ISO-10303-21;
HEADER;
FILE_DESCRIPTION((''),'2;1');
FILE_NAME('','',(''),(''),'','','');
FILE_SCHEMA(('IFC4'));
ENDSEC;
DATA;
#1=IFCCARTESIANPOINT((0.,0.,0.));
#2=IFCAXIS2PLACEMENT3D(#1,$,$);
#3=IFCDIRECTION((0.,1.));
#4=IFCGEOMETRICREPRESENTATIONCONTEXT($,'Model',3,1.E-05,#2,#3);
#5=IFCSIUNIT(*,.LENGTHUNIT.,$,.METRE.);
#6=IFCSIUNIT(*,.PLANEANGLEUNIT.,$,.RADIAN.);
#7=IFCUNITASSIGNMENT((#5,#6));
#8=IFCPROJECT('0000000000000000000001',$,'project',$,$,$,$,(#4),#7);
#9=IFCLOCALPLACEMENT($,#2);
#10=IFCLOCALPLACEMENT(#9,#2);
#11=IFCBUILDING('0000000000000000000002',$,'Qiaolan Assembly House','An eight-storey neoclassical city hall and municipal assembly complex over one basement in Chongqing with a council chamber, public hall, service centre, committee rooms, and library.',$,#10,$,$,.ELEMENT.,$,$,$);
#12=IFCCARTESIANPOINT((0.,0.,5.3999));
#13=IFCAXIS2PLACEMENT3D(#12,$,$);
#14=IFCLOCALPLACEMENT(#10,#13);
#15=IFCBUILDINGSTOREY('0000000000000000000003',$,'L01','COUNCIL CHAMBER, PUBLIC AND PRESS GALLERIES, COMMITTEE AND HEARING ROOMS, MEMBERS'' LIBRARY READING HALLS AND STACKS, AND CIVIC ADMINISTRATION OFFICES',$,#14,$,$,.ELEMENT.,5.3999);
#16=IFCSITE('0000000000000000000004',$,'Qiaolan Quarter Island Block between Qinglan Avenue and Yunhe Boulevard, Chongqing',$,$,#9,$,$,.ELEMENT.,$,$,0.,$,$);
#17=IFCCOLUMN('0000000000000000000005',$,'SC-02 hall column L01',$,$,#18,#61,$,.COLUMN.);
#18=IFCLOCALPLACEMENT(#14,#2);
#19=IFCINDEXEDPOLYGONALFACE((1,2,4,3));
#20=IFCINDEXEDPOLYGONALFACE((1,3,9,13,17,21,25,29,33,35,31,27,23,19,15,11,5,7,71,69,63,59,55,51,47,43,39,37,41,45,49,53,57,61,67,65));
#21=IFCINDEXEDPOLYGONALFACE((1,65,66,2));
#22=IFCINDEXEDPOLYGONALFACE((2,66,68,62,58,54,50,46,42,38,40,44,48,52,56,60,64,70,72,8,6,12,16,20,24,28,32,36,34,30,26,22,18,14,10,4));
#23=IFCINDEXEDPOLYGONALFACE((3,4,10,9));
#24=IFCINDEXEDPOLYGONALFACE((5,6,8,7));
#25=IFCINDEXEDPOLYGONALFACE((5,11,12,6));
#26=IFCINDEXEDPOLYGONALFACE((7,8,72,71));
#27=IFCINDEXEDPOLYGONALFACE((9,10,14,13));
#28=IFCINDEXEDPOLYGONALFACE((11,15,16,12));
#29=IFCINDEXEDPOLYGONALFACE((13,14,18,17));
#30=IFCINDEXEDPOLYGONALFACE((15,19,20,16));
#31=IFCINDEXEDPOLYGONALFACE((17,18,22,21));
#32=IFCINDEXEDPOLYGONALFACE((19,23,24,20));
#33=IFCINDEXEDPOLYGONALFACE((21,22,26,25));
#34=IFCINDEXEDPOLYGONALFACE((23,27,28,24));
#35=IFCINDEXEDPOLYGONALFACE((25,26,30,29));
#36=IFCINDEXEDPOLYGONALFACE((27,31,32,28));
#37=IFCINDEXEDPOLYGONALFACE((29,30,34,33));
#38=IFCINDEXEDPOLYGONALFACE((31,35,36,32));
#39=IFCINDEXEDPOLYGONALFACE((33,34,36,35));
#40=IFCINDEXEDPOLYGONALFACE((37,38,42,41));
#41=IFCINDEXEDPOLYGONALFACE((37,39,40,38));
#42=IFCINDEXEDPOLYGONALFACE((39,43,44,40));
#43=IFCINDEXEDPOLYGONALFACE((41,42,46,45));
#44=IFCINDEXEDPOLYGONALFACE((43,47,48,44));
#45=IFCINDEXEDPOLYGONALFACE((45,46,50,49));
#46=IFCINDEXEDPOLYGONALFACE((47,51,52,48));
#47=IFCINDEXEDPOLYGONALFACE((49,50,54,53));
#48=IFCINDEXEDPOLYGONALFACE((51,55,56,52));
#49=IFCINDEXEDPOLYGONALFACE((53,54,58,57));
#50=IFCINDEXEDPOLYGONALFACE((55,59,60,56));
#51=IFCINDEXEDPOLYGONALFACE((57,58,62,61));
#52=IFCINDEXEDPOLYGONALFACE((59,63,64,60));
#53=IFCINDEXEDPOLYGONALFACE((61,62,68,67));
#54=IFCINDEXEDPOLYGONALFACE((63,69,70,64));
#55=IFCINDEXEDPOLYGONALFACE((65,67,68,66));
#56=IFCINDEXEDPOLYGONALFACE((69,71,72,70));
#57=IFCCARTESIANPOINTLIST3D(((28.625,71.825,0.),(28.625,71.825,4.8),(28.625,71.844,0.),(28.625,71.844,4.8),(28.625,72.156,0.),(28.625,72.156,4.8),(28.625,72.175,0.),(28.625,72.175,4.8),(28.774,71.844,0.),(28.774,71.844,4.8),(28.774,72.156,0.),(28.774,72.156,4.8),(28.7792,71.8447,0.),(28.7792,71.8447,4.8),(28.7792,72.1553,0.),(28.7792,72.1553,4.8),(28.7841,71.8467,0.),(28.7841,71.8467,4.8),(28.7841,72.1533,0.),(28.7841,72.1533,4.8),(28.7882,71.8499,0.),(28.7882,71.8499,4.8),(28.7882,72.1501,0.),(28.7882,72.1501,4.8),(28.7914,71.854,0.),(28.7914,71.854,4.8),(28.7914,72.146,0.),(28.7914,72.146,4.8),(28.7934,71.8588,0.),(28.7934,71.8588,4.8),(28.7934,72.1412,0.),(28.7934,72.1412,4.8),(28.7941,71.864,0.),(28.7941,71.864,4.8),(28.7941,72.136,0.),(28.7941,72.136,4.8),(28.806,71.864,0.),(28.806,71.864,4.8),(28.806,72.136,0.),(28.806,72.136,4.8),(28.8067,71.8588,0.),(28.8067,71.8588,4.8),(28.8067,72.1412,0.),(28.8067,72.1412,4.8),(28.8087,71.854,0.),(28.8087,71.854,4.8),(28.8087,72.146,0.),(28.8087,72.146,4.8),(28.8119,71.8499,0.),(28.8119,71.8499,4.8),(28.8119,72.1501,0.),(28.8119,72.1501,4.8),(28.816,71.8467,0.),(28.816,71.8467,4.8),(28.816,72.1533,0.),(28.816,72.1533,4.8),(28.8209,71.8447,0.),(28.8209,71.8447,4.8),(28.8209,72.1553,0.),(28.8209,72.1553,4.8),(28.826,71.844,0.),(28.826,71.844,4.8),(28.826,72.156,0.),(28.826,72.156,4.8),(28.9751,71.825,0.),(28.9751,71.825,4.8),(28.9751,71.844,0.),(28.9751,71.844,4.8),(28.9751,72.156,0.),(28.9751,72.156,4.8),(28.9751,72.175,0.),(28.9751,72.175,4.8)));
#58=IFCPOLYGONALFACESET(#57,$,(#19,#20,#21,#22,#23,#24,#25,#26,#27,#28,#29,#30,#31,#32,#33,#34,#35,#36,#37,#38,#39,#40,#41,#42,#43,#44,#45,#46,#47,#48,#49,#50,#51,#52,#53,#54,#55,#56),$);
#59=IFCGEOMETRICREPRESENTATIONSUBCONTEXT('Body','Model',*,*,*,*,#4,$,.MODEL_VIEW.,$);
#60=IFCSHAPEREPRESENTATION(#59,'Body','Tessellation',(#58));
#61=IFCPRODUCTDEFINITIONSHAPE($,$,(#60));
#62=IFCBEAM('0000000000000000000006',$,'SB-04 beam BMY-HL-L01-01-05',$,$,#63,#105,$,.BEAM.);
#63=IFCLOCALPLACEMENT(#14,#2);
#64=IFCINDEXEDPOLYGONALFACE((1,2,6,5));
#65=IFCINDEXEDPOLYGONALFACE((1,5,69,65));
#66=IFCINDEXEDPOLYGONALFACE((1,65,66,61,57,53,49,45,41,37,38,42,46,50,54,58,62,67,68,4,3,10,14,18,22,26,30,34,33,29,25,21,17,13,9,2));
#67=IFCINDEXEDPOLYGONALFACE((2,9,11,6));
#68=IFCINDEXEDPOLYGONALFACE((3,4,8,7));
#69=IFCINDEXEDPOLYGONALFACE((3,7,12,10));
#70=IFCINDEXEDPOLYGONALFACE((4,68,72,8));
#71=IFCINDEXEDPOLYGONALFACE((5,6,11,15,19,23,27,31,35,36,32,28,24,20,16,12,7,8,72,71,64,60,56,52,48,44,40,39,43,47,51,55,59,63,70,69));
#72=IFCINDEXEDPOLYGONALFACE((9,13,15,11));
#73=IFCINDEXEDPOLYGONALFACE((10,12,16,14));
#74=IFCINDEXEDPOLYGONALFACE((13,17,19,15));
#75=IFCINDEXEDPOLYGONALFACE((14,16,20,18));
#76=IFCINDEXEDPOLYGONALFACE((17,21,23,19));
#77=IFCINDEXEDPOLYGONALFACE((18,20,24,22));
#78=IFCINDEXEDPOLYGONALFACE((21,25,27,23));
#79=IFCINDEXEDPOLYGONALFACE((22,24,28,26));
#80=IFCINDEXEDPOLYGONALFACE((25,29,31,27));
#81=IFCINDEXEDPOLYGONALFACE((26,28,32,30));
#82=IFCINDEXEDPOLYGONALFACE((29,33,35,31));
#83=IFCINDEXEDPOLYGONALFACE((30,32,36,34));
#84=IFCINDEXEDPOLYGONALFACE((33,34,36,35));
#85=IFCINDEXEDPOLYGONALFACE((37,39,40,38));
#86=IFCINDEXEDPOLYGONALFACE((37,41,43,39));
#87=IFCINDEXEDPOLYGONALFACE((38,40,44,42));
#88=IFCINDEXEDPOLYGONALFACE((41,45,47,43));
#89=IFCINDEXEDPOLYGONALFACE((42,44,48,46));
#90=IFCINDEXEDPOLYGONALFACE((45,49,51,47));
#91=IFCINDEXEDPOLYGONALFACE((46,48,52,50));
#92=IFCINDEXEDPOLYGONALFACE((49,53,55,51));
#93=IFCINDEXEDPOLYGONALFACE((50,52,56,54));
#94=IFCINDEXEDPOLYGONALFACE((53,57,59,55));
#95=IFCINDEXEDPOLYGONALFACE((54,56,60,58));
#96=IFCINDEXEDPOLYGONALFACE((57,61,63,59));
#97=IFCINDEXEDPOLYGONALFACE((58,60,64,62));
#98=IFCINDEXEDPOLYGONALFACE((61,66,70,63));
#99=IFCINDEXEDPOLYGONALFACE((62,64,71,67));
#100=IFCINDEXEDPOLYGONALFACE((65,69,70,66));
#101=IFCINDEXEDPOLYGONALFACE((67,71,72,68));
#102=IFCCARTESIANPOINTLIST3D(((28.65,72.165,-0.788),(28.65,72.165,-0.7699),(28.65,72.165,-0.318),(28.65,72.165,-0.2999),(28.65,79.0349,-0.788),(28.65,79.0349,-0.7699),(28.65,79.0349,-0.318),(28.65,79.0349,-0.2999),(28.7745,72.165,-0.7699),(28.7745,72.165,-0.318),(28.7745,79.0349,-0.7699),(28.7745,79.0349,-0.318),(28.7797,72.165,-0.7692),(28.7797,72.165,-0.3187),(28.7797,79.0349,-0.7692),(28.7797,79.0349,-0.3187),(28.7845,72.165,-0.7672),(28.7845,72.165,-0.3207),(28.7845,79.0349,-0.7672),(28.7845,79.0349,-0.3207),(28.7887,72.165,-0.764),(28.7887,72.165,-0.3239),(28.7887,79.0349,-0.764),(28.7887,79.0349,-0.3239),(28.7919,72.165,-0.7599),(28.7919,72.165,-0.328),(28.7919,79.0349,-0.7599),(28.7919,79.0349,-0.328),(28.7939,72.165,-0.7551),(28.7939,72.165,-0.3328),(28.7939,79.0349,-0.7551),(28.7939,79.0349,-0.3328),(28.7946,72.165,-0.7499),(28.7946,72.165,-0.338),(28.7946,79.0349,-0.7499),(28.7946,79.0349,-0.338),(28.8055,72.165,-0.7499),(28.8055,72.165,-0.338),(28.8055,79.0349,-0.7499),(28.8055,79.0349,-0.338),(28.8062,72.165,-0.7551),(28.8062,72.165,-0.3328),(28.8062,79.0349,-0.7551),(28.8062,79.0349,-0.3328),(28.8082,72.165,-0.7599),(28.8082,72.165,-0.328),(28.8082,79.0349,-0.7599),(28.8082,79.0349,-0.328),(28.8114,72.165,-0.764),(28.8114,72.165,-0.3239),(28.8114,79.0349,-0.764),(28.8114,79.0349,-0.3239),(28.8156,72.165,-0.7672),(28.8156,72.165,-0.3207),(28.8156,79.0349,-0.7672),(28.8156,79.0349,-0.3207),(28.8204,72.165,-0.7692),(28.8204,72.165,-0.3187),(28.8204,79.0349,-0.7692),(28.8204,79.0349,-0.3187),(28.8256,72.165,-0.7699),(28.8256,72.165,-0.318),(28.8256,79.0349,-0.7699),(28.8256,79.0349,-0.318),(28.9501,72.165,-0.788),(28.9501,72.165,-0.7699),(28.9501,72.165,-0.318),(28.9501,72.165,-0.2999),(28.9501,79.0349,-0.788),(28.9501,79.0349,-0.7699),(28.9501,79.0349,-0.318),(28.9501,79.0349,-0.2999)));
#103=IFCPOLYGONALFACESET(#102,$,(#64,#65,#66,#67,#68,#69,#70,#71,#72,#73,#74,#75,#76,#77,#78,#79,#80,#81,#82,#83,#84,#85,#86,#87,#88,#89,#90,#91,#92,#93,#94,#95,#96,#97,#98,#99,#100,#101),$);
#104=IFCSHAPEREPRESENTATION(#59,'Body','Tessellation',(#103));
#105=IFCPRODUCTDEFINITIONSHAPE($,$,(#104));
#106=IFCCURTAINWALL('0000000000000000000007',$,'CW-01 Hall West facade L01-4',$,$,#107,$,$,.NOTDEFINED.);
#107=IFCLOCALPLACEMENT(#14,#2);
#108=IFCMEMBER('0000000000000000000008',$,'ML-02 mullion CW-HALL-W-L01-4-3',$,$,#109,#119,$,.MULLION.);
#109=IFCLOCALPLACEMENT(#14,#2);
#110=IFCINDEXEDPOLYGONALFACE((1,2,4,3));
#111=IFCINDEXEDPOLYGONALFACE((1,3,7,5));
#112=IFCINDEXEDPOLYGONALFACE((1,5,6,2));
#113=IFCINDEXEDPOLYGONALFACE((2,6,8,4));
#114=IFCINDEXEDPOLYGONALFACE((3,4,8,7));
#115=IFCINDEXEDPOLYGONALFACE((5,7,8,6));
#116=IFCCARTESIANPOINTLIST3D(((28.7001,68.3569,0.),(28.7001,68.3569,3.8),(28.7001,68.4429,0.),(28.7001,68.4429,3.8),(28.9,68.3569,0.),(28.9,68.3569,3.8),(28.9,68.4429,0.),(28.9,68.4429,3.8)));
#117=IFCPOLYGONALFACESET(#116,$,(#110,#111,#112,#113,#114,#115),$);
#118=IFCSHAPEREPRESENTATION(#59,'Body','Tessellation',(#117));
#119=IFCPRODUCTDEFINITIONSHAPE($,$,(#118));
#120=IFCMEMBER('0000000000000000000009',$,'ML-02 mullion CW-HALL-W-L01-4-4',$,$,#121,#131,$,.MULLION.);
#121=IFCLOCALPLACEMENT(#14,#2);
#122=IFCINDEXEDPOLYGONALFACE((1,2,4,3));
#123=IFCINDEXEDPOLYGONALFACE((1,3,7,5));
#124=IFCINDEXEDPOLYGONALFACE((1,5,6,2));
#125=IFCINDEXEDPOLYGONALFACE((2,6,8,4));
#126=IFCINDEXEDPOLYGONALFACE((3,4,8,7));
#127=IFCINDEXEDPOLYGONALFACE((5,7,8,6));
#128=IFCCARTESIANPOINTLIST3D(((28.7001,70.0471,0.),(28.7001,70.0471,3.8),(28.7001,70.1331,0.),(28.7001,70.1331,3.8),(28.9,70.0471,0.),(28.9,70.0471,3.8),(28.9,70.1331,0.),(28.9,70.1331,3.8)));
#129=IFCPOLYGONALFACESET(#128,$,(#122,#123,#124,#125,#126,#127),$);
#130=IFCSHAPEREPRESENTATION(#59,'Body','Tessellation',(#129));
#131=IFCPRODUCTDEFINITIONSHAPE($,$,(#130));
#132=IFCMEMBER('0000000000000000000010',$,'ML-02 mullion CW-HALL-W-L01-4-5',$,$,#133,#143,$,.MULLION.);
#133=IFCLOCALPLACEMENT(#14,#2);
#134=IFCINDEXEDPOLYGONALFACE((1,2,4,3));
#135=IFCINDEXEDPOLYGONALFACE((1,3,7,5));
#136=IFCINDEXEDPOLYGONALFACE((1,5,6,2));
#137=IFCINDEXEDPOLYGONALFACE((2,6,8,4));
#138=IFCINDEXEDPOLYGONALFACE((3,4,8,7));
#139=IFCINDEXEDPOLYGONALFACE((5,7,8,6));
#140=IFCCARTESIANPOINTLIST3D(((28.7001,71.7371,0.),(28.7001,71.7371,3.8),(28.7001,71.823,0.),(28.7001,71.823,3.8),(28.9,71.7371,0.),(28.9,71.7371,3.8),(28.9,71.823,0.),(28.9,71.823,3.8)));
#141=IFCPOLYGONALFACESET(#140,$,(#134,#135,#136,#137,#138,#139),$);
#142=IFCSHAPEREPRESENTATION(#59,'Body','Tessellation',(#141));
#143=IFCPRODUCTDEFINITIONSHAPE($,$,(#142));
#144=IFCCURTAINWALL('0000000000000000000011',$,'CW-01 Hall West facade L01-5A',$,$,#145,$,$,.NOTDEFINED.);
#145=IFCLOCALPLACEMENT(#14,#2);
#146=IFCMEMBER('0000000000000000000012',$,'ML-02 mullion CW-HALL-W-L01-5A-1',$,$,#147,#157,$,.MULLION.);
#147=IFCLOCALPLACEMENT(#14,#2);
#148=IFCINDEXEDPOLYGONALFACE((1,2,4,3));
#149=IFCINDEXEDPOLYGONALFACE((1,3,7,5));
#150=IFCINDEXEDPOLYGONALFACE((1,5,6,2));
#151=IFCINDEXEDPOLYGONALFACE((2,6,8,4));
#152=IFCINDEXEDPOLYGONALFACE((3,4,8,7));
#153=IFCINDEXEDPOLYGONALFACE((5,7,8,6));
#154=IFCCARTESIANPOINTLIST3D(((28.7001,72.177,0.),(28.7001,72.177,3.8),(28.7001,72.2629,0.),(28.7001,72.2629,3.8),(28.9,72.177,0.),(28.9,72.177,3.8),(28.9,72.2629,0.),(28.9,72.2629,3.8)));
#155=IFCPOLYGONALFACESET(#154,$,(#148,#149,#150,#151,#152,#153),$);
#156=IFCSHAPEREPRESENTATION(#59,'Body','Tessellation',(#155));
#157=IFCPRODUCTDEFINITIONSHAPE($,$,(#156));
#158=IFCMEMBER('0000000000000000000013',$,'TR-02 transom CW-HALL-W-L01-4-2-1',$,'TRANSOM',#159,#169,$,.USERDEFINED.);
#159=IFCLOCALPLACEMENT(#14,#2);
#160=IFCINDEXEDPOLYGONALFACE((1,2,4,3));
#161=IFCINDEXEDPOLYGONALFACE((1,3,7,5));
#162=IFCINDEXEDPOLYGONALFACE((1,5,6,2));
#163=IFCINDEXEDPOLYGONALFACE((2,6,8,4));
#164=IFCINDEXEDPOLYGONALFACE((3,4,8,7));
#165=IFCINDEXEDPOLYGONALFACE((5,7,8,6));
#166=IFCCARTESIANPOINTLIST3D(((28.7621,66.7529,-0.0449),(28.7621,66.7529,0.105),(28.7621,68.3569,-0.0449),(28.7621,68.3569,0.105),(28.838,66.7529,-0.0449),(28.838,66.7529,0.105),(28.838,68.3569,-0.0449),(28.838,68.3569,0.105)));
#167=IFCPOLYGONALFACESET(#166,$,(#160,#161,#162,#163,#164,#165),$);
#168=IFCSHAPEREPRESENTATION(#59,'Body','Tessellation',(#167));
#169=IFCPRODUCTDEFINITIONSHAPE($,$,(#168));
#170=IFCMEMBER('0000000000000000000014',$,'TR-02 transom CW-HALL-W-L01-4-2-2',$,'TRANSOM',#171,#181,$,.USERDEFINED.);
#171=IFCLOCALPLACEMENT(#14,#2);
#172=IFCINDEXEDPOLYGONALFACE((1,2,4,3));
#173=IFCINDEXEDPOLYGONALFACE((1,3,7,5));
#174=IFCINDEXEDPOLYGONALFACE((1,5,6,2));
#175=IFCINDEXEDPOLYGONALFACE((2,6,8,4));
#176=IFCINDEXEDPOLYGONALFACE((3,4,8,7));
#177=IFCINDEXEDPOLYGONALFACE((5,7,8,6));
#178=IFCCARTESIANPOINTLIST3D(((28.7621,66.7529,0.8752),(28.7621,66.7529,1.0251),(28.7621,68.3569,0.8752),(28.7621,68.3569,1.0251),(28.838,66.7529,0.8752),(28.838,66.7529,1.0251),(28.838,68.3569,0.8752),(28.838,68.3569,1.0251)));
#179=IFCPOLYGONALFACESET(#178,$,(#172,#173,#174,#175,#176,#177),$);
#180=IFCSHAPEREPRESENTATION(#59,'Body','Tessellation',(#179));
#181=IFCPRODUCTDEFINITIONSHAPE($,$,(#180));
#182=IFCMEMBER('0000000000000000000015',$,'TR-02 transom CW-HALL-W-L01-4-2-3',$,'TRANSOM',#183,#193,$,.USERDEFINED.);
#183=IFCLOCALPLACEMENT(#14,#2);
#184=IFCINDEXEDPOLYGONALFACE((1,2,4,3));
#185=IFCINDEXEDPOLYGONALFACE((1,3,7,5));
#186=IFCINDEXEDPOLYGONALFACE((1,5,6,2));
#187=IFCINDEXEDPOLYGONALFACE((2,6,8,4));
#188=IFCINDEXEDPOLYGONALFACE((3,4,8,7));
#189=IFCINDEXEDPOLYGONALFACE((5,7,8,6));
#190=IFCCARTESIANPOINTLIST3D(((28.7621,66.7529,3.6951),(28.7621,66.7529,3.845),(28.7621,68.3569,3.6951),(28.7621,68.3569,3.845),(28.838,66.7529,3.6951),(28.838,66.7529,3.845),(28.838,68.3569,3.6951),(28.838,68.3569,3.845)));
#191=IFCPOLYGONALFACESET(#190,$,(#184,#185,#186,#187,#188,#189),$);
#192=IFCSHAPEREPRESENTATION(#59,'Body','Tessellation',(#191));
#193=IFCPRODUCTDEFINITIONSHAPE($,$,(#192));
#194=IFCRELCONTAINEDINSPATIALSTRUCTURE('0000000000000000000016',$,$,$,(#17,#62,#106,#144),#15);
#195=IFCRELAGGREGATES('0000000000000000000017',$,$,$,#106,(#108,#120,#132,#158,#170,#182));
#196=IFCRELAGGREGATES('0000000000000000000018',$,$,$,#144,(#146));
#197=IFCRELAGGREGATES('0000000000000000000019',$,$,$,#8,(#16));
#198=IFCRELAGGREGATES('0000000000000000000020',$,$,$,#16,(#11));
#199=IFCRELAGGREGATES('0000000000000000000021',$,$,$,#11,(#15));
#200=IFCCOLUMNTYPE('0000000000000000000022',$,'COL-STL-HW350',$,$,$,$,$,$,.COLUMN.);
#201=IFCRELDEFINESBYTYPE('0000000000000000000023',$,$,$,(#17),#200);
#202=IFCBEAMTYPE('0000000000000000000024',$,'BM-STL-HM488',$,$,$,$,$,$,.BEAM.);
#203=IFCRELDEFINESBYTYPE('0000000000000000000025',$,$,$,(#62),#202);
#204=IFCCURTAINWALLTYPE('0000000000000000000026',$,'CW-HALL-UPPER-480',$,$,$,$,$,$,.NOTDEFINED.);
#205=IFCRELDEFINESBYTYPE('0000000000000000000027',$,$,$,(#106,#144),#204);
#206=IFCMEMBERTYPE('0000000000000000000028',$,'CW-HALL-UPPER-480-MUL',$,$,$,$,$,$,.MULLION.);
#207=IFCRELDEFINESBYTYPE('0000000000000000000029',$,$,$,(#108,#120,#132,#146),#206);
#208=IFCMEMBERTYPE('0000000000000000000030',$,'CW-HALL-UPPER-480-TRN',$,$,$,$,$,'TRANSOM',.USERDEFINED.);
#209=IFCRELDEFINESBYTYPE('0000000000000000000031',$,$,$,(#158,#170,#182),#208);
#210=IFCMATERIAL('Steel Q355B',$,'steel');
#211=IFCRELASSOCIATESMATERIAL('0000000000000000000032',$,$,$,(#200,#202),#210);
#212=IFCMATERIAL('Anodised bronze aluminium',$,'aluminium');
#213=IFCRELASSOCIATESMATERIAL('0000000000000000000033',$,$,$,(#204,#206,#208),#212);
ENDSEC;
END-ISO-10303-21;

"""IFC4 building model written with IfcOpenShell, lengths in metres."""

from ifc_helpers import new_model, si_unit, direction, frame, origin, origin_2d, place, context, subcontext, project, spatial, rectangle, i_section, extrude, material, material_profile, profile_set, type_object, element, aggregate, save


model = new_model("IFC4")

# Units and contexts
model_context = context("Model", 3, precision=1e-05, world=origin(), true_north=direction((0.0, 1.0)))
body_context = subcontext(model_context, "Body", "Model", "MODEL_VIEW")
ifc_project = project(units=[si_unit("LENGTHUNIT", "METRE"), si_unit("PLANEANGLEUNIT", "RADIAN")], contexts=[model_context])

# Site, building, storey
site_placement = place(None, origin())
site = spatial("IfcSite", under=ifc_project, at=site_placement, Name="Qiaolan Quarter Island Block between Qinglan Avenue and Yunhe Boulevard, Chongqing", CompositionType="ELEMENT", RefElevation=0.0)
building_placement = place(site_placement, origin())
building = spatial("IfcBuilding", under=site, at=building_placement, Name="Qiaolan Assembly House", Description="An eight-storey neoclassical city hall and municipal assembly complex over one basement in Chongqing with a council chamber, public hall, service centre, committee rooms, and library.", CompositionType="ELEMENT")
storey_placement = place(building_placement, frame((0.0, 0.0, 5.3999)))
storey = spatial("IfcBuildingStorey", under=building, at=storey_placement, Name="L01", Description="COUNCIL CHAMBER, PUBLIC AND PRESS GALLERIES, COMMITTEE AND HEARING ROOMS, MEMBERS' LIBRARY READING HALLS AND STACKS, AND CIVIC ADMINISTRATION OFFICES", CompositionType="ELEMENT", Elevation=5.3999)

# Column
ifc_material_1 = material(Name="Steel Q355B", Category="steel")
ifc_material_profile_1 = material_profile(ifc_material_1, i_section(OverallWidth=0.3501, OverallDepth=0.3501, WebThickness=0.012, FlangeThickness=0.019, FilletRadius=0.02, at=origin_2d()), Name="HW 350x350x12x19")
ifc_profile_set_1 = profile_set([ifc_material_profile_1], Name="Steel Q355B")
column_type = type_object("IfcColumnType", Name="COL-STL-HW350", PredefinedType="COLUMN", material=ifc_profile_set_1)
column_placement = place(storey_placement, frame((28.8, 72.0, 0.0), z_axis=(0.0, 0.0, 1.0), x_axis=(1.0, 0.0, 0.0)))
element("IfcColumn", 1, at=column_placement, inside=storey, type_object=column_type, Name="SC-02 hall column L01", PredefinedType="COLUMN", context=body_context, shape_type="SweptSolid", body=[
    extrude(i_section(OverallWidth=0.3501, OverallDepth=0.3501, WebThickness=0.012, FlangeThickness=0.019, FilletRadius=0.02, at=origin_2d()), origin(), (0.0, 0.0, 1.0), 4.8),
])

# Beam
ifc_material_profile_2 = material_profile(ifc_material_1, i_section(OverallWidth=0.3, OverallDepth=0.488, WebThickness=0.011, FlangeThickness=0.0181, FilletRadius=0.02, at=origin_2d()), Name="HM 488x300x11x18")
ifc_profile_set_2 = profile_set([ifc_material_profile_2], Name="Steel Q355B")
beam_type = type_object("IfcBeamType", Name="BM-STL-HM488", PredefinedType="BEAM", material=ifc_profile_set_2)
beam_placement = place(storey_placement, frame((28.8, 72.165, -0.5439), z_axis=(0.0, 1.0, 0.0), x_axis=(-1.0, 0.0, 0.0)))
element("IfcBeam", 2, at=beam_placement, inside=storey, type_object=beam_type, Name="SB-04 beam BMY-HL-L01-01-05", PredefinedType="BEAM", context=body_context, shape_type="SweptSolid", body=[
    extrude(i_section(OverallWidth=0.3, OverallDepth=0.488, WebThickness=0.011, FlangeThickness=0.0181, FilletRadius=0.02, at=origin_2d()), origin(), (0.0, 0.0, 1.0), 6.8699),
])

# Curtain wall, members
ifc_material_2 = material(Name="Anodised bronze aluminium", Category="aluminium")
curtain_wall_type = type_object("IfcCurtainWallType", Name="CW-HALL-UPPER-480", PredefinedType="NOTDEFINED", material=ifc_material_2)
curtain_wall_1_placement = place(storey_placement, origin())
curtain_wall_1 = element("IfcCurtainWall", 3, at=curtain_wall_1_placement, inside=storey, type_object=curtain_wall_type, Name="CW-01 Hall West facade L01-4", PredefinedType="NOTDEFINED")
ifc_material_profile_3 = material_profile(ifc_material_2, rectangle(XDim=0.0859, YDim=0.2, at=origin_2d()), Name="MUL 86x200")
ifc_profile_set_3 = profile_set([ifc_material_profile_3], Name="Anodised bronze aluminium")
member_type_1 = type_object("IfcMemberType", Name="CW-HALL-UPPER-480-MUL", PredefinedType="MULLION", material=ifc_profile_set_3)
member_1_placement = place(storey_placement, frame((28.8, 68.3999, 0.0), z_axis=(0.0, 0.0, 1.0), x_axis=(0.0, 1.0, 0.0)))
member_1 = element("IfcMember", 4, at=member_1_placement, type_object=member_type_1, Name="ML-02 mullion CW-HALL-W-L01-4-3", PredefinedType="MULLION", context=body_context, shape_type="SweptSolid", body=[
    extrude(rectangle(XDim=0.0859, YDim=0.2, at=origin_2d()), origin(), (0.0, 0.0, 1.0), 3.8),
])
member_2_placement = place(storey_placement, frame((28.8, 70.0901, 0.0), z_axis=(0.0, 0.0, 1.0), x_axis=(0.0, 1.0, 0.0)))
member_2 = element("IfcMember", 5, at=member_2_placement, type_object=member_type_1, Name="ML-02 mullion CW-HALL-W-L01-4-4", PredefinedType="MULLION", context=body_context, shape_type="SweptSolid", body=[
    extrude(rectangle(XDim=0.0859, YDim=0.2, at=origin_2d()), origin(), (0.0, 0.0, 1.0), 3.8),
])
member_3_placement = place(storey_placement, frame((28.8, 71.78, 0.0), z_axis=(0.0, 0.0, 1.0), x_axis=(0.0, 1.0, 0.0)))
member_3 = element("IfcMember", 6, at=member_3_placement, type_object=member_type_1, Name="ML-02 mullion CW-HALL-W-L01-4-5", PredefinedType="MULLION", context=body_context, shape_type="SweptSolid", body=[
    extrude(rectangle(XDim=0.0859, YDim=0.2, at=origin_2d()), origin(), (0.0, 0.0, 1.0), 3.8),
])

# Curtain wall, member
curtain_wall_2_placement = place(storey_placement, origin())
curtain_wall_2 = element("IfcCurtainWall", 7, at=curtain_wall_2_placement, inside=storey, type_object=curtain_wall_type, Name="CW-01 Hall West facade L01-5A", PredefinedType="NOTDEFINED")
member_4_placement = place(storey_placement, frame((28.8, 72.22, 0.0), z_axis=(0.0, 0.0, 1.0), x_axis=(0.0, 1.0, 0.0)))
member_4 = element("IfcMember", 8, at=member_4_placement, type_object=member_type_1, Name="ML-02 mullion CW-HALL-W-L01-5A-1", PredefinedType="MULLION", context=body_context, shape_type="SweptSolid", body=[
    extrude(rectangle(XDim=0.0859, YDim=0.2, at=origin_2d()), origin(), (0.0, 0.0, 1.0), 3.8),
])

# Members
ifc_material_profile_4 = material_profile(ifc_material_2, rectangle(XDim=0.0759, YDim=0.1499, at=origin_2d()), Name="TRN 76x150")
ifc_profile_set_4 = profile_set([ifc_material_profile_4], Name="Anodised bronze aluminium")
member_type_2 = type_object("IfcMemberType", Name="CW-HALL-UPPER-480-TRN", ElementType="TRANSOM", PredefinedType="USERDEFINED", material=ifc_profile_set_4)
member_5_placement = place(storey_placement, frame((28.8, 66.7529, 0.03), z_axis=(0.0, 1.0, 0.0), x_axis=(-1.0, 0.0, 0.0)))
member_5 = element("IfcMember", 9, at=member_5_placement, type_object=member_type_2, Name="TR-02 transom CW-HALL-W-L01-4-2-1", ObjectType="TRANSOM", PredefinedType="USERDEFINED", context=body_context, shape_type="SweptSolid", body=[
    extrude(rectangle(XDim=0.0759, YDim=0.1499, at=origin_2d()), origin(), (0.0, 0.0, 1.0), 1.604),
])
member_6_placement = place(storey_placement, frame((28.8, 66.7529, 0.9502), z_axis=(0.0, 1.0, 0.0), x_axis=(-1.0, 0.0, 0.0)))
member_6 = element("IfcMember", 10, at=member_6_placement, type_object=member_type_2, Name="TR-02 transom CW-HALL-W-L01-4-2-2", ObjectType="TRANSOM", PredefinedType="USERDEFINED", context=body_context, shape_type="SweptSolid", body=[
    extrude(rectangle(XDim=0.0759, YDim=0.1499, at=origin_2d()), origin(), (0.0, 0.0, 1.0), 1.604),
])
member_7_placement = place(storey_placement, frame((28.8, 66.7529, 3.77), z_axis=(0.0, 1.0, 0.0), x_axis=(-1.0, 0.0, 0.0)))
member_7 = element("IfcMember", 11, at=member_7_placement, type_object=member_type_2, Name="TR-02 transom CW-HALL-W-L01-4-2-3", ObjectType="TRANSOM", PredefinedType="USERDEFINED", context=body_context, shape_type="SweptSolid", body=[
    extrude(rectangle(XDim=0.0759, YDim=0.1499, at=origin_2d()), origin(), (0.0, 0.0, 1.0), 1.604),
])

aggregate(curtain_wall_1, [member_1, member_2, member_3, member_5, member_6, member_7])
aggregate(curtain_wall_2, [member_4])

save(model, "model.ifc")
